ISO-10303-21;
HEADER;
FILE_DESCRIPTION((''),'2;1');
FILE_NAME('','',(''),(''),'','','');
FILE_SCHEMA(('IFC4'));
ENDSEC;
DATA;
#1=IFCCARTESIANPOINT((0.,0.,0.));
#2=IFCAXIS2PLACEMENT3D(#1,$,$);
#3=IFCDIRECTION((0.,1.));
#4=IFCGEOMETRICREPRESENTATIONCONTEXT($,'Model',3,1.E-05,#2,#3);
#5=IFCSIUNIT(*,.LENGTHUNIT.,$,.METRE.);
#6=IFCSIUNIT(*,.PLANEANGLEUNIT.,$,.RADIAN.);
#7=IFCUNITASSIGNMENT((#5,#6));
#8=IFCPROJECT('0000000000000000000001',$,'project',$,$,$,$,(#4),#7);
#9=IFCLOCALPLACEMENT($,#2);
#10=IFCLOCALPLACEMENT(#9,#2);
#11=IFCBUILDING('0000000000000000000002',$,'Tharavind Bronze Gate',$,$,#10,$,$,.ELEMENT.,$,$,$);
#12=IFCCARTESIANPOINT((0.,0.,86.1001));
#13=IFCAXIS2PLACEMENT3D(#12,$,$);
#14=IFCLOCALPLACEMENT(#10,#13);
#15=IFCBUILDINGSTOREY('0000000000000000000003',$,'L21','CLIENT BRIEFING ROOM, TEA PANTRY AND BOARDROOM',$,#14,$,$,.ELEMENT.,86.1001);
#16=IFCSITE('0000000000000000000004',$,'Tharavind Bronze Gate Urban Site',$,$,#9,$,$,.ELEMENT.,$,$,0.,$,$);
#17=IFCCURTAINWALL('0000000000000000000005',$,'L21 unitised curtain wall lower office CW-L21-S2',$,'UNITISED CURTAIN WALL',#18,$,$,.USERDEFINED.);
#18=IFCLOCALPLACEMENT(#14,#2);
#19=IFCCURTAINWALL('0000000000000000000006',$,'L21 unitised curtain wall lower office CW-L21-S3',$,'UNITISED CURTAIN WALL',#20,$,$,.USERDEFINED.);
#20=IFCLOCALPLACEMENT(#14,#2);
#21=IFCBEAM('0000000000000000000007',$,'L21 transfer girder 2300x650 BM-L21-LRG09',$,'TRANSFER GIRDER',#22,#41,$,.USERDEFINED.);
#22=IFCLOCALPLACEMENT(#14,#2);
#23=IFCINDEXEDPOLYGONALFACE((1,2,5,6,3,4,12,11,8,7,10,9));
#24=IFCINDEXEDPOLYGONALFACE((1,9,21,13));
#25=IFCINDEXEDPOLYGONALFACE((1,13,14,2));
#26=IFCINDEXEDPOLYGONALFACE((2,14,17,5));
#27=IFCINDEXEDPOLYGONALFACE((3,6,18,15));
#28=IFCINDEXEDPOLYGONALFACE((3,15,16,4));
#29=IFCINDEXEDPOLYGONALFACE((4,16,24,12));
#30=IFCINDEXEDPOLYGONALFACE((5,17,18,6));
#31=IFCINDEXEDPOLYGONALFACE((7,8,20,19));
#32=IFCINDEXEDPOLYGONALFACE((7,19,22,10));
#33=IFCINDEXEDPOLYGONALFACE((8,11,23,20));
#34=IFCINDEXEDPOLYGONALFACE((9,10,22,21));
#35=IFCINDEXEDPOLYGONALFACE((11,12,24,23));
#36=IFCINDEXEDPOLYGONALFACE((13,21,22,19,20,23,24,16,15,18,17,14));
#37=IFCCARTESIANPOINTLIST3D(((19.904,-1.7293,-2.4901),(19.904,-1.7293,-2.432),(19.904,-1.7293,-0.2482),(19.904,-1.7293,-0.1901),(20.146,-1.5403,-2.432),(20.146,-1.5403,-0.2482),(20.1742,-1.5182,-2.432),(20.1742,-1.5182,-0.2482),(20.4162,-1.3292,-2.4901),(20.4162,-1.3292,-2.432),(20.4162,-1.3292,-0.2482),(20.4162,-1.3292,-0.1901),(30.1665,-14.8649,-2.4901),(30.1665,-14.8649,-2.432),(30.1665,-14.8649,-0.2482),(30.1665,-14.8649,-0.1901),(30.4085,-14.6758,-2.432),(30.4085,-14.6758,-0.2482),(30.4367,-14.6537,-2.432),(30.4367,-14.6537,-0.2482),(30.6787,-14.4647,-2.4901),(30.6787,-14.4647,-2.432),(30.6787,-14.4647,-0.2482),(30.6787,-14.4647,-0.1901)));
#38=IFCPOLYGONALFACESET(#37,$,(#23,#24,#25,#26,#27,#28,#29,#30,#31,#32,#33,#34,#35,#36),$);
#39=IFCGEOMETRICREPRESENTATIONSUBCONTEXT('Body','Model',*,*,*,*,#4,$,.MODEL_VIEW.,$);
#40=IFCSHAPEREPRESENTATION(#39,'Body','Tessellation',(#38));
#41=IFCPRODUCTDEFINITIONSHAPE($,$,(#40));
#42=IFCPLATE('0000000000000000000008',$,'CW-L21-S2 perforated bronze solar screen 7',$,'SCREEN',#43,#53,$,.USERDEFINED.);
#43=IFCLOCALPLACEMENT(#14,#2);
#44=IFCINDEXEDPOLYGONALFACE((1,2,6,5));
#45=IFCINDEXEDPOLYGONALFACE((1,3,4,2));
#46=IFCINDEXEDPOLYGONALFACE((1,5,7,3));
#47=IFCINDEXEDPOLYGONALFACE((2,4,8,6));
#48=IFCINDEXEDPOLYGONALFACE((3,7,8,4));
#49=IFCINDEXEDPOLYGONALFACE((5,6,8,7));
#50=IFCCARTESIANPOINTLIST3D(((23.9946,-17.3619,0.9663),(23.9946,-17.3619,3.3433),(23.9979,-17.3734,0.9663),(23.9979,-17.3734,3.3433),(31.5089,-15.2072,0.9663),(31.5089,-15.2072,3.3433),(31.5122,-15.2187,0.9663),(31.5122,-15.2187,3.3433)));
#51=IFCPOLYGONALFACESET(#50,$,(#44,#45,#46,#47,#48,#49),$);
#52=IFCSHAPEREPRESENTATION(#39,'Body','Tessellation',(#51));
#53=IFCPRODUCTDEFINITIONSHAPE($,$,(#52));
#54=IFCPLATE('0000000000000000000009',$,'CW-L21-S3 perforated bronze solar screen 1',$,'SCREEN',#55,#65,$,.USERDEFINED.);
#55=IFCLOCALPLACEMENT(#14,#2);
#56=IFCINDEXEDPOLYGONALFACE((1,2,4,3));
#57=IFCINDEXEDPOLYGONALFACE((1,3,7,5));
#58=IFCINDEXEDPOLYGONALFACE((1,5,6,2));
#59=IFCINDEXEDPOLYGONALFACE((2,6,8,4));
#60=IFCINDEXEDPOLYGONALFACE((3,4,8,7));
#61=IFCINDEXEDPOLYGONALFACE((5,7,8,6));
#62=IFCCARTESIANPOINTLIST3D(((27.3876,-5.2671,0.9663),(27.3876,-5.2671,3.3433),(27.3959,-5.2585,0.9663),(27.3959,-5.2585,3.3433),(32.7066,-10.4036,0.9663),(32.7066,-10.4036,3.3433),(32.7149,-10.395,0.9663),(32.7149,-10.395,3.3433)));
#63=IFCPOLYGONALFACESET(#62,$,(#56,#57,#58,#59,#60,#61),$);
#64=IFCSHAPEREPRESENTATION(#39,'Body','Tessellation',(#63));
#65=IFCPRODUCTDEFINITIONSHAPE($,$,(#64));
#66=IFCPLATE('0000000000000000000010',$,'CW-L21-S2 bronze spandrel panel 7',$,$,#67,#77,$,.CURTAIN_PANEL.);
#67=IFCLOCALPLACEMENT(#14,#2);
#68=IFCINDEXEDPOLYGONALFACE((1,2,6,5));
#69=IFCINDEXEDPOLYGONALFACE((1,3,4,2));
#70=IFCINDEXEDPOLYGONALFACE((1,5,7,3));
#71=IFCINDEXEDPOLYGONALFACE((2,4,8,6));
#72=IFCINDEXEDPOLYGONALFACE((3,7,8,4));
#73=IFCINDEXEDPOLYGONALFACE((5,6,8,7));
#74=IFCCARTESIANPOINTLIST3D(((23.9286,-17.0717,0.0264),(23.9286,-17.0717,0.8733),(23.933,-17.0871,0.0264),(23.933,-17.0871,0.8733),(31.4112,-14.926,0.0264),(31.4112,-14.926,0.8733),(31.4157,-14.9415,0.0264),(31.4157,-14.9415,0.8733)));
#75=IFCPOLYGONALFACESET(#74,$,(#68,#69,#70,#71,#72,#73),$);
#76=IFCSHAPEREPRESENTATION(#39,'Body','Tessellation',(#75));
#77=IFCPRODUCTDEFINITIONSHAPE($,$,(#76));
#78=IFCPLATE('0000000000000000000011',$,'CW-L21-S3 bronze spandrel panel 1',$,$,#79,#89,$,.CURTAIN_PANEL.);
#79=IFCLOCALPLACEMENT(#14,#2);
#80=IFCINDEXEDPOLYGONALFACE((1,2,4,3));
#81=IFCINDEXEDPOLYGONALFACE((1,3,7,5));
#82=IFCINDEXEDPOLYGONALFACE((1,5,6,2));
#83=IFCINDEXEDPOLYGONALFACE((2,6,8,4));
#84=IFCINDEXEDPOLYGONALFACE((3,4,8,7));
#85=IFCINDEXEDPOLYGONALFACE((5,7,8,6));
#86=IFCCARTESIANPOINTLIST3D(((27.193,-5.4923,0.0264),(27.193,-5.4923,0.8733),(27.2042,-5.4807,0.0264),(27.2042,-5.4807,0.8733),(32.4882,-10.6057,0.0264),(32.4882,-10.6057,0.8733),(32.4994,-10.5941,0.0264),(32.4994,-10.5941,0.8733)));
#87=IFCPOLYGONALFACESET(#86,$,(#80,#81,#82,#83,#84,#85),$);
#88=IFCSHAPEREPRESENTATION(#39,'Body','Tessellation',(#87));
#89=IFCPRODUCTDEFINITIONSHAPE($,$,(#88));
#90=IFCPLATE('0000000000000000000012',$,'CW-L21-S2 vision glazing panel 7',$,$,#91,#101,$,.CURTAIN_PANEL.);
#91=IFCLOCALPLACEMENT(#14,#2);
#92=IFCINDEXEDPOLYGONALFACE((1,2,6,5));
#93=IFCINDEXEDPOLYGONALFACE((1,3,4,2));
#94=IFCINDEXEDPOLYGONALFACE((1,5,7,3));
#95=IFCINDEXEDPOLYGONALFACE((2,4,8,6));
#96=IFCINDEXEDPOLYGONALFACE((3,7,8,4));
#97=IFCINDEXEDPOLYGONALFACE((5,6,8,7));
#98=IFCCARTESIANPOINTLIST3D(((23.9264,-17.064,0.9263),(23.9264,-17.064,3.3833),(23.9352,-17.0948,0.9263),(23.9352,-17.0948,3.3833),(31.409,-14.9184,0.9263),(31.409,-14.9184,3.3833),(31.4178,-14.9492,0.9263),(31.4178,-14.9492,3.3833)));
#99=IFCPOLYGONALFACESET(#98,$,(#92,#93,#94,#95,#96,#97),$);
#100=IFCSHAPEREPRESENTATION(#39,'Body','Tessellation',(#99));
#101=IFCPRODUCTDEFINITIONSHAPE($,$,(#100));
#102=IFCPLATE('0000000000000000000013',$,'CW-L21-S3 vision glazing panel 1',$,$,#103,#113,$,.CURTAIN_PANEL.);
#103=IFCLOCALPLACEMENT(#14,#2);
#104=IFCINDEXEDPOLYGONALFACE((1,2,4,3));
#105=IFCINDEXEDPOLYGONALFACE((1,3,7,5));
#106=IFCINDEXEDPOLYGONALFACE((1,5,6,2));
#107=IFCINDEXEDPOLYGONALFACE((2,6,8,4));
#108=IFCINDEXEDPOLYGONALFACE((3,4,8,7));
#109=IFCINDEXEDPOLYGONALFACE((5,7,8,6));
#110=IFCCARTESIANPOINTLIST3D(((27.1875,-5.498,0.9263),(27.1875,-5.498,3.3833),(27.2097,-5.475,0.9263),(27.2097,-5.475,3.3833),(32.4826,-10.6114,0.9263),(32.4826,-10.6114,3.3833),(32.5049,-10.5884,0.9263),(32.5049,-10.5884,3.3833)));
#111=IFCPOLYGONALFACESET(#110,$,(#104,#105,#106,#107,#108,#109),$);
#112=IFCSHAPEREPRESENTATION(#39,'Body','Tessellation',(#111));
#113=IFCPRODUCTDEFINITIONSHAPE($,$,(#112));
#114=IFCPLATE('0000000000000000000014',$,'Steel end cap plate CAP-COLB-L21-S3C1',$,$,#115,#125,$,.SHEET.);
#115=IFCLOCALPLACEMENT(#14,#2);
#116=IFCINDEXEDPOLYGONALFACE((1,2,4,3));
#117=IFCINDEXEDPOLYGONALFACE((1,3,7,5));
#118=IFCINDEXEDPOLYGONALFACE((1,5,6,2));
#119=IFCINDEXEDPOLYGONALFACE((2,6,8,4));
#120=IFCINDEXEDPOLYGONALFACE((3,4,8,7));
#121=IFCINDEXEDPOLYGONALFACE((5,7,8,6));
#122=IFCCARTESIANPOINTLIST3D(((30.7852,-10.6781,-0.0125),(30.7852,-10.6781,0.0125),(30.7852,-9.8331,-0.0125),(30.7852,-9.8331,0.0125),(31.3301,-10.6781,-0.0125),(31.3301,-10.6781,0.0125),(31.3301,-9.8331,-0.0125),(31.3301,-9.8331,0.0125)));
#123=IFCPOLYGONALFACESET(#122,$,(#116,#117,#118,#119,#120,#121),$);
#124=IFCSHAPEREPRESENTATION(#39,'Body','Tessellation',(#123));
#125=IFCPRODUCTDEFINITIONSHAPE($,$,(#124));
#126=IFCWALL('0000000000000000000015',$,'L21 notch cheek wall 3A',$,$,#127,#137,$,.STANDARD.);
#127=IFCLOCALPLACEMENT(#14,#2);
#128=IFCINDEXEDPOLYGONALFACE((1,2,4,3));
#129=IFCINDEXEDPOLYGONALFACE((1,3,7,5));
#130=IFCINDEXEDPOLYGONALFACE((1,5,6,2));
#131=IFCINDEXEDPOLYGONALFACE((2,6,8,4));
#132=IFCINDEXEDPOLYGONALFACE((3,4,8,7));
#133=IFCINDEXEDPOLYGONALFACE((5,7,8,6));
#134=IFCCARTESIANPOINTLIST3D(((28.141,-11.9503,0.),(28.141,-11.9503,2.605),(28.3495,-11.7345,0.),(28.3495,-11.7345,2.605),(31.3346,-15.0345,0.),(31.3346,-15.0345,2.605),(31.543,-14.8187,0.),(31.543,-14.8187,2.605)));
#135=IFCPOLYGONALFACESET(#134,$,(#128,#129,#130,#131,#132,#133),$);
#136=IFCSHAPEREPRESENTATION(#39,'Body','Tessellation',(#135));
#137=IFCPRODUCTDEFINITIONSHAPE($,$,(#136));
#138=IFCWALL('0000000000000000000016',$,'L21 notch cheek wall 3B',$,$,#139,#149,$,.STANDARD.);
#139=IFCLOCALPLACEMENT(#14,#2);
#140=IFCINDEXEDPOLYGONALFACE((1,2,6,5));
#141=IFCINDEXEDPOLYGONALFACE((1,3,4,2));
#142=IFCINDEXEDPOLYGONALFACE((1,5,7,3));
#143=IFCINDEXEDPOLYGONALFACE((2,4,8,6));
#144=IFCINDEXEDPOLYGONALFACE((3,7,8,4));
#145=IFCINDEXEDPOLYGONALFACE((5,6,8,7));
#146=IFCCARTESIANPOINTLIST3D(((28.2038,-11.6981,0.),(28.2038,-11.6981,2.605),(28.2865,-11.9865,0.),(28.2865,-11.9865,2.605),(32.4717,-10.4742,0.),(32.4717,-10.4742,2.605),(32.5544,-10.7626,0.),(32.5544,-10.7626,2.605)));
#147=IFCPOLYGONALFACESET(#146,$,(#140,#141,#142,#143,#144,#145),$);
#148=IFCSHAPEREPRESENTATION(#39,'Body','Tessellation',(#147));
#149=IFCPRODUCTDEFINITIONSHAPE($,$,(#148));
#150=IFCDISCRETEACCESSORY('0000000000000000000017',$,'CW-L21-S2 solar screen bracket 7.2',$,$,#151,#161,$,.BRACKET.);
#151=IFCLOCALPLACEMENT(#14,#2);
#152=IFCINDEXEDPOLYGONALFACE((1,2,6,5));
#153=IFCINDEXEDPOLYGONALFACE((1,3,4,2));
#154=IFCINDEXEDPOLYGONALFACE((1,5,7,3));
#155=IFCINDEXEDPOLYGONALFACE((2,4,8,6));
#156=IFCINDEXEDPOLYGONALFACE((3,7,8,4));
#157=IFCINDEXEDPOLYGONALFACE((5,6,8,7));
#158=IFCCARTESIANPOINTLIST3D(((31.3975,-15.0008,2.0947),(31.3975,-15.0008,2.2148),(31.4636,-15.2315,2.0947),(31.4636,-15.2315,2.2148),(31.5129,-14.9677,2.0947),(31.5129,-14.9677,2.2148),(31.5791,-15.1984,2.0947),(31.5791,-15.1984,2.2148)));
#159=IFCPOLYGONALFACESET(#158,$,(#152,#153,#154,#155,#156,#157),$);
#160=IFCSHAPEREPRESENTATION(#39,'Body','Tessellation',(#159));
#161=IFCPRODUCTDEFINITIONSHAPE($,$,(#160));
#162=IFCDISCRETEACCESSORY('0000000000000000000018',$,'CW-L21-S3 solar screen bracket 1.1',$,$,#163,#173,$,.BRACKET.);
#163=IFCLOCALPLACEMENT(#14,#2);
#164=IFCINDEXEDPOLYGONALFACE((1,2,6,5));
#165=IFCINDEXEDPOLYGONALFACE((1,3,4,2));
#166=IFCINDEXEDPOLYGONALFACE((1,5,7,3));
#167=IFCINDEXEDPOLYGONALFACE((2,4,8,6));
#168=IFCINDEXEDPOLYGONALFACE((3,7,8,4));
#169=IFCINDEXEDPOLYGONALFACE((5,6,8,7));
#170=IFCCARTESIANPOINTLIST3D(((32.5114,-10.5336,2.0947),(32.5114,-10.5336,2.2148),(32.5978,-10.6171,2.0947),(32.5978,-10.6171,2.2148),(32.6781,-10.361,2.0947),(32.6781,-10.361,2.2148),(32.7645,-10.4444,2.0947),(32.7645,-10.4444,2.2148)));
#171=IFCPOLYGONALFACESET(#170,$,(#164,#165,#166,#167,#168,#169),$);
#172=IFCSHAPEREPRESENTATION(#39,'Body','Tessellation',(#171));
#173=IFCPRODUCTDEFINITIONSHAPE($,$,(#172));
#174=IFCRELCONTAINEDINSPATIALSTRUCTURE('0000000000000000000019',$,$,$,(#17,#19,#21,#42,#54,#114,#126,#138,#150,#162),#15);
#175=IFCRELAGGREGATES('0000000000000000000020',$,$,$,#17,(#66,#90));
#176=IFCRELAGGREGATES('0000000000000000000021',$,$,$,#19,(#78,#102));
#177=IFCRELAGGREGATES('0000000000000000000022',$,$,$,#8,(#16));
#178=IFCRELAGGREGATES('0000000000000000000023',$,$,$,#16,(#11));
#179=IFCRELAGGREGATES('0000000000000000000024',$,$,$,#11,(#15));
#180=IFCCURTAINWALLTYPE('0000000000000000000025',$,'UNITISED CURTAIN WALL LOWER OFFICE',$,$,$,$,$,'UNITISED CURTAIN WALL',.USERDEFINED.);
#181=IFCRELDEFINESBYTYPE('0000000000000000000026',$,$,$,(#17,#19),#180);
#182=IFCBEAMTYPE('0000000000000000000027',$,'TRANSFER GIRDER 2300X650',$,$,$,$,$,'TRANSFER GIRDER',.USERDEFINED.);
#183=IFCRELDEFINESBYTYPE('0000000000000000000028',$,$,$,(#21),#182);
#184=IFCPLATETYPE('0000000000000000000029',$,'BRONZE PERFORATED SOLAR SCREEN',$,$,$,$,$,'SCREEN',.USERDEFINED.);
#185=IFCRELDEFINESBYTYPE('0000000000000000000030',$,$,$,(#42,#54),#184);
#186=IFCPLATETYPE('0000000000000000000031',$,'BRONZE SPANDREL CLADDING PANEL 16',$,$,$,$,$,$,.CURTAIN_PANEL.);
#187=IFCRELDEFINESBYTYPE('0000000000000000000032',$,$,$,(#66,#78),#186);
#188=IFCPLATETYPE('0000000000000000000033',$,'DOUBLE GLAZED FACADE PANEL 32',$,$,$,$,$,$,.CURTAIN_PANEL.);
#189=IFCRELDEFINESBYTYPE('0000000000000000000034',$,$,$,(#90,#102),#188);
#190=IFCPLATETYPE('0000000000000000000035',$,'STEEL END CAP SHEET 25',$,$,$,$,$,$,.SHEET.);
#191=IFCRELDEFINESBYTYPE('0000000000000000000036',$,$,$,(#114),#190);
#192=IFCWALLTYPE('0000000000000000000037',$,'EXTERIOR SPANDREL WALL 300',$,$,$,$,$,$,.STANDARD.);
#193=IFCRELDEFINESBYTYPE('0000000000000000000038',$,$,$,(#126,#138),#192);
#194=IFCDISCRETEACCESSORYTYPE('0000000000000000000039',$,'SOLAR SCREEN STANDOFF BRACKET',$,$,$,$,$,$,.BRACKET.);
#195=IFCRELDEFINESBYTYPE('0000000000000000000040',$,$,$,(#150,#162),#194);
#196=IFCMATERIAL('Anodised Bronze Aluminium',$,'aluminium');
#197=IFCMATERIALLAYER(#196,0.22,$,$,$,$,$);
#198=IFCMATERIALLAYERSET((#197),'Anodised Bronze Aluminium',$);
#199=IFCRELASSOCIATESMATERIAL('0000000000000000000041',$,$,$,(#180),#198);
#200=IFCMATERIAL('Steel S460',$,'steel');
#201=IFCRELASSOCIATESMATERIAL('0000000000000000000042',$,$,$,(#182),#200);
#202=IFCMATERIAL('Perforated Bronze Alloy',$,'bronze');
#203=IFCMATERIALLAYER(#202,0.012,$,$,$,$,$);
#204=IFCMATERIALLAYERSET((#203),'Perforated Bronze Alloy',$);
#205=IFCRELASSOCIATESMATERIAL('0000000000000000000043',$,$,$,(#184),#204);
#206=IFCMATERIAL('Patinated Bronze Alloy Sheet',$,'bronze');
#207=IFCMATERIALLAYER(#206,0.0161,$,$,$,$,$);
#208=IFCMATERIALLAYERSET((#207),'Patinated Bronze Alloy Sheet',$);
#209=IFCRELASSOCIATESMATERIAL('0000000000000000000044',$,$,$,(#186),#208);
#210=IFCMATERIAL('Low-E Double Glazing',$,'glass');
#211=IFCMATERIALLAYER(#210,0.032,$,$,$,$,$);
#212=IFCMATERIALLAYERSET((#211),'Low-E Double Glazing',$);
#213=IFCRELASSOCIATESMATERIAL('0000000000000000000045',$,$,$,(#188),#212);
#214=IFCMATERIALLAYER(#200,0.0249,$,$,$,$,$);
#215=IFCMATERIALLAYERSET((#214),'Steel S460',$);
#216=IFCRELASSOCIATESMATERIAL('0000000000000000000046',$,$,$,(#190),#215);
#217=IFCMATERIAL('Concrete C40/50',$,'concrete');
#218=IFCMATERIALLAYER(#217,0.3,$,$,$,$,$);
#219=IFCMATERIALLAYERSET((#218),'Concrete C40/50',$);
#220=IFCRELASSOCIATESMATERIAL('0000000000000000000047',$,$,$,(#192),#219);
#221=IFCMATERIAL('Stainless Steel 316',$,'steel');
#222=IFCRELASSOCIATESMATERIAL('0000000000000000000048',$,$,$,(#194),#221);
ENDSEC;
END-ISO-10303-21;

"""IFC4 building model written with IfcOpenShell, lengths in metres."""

from ifc_helpers import new_model, si_unit, direction, frame, frame_2d, origin, origin_2d, place, context, subcontext, project, spatial, rectangle, i_section, extrude, material, layer, layer_set, material_profile, profile_set, type_object, element, aggregate, save


model = new_model("IFC4")

# Units and contexts
model_context = context("Model", 3, precision=1e-05, world=origin(), true_north=direction((0.0, 1.0)))
body_context = subcontext(model_context, "Body", "Model", "MODEL_VIEW")
ifc_project = project(units=[si_unit("LENGTHUNIT", "METRE"), si_unit("PLANEANGLEUNIT", "RADIAN")], contexts=[model_context])

# Site, building, storey
site_placement = place(None, origin())
site = spatial("IfcSite", under=ifc_project, at=site_placement, Name="Tharavind Bronze Gate Urban Site", CompositionType="ELEMENT", RefElevation=0.0)
building_placement = place(site_placement, origin())
building = spatial("IfcBuilding", under=site, at=building_placement, Name="Tharavind Bronze Gate", CompositionType="ELEMENT")
storey_placement = place(building_placement, frame((0.0, 0.0, 86.1001)))
storey = spatial("IfcBuildingStorey", under=building, at=storey_placement, Name="L21", Description="CLIENT BRIEFING ROOM, TEA PANTRY AND BOARDROOM", CompositionType="ELEMENT", Elevation=86.1001)

# Shared definitions
ifc_material_1 = material(Name="Steel S460", Category="steel")

# Curtain walls
ifc_material_2 = material(Name="Anodised Bronze Aluminium", Category="aluminium")
ifc_layer_1 = layer(ifc_material_2, 0.22)
ifc_layer_set_1 = layer_set([ifc_layer_1], Name="Anodised Bronze Aluminium")
curtain_wall_type = type_object("IfcCurtainWallType", Name="UNITISED CURTAIN WALL LOWER OFFICE", ElementType="UNITISED CURTAIN WALL", PredefinedType="USERDEFINED", material=ifc_layer_set_1)
curtain_wall_1_placement = place(storey_placement, origin())
curtain_wall_1 = element("IfcCurtainWall", 1, at=curtain_wall_1_placement, inside=storey, type_object=curtain_wall_type, Name="L21 unitised curtain wall lower office CW-L21-S2", ObjectType="UNITISED CURTAIN WALL", PredefinedType="USERDEFINED")
curtain_wall_2_placement = place(storey_placement, origin())
curtain_wall_2 = element("IfcCurtainWall", 2, at=curtain_wall_2_placement, inside=storey, type_object=curtain_wall_type, Name="L21 unitised curtain wall lower office CW-L21-S3", ObjectType="UNITISED CURTAIN WALL", PredefinedType="USERDEFINED")

# Beam
ifc_material_profile_1 = material_profile(ifc_material_1, i_section(OverallWidth=0.6499, OverallDepth=2.3, WebThickness=0.0359, FlangeThickness=0.0581, at=origin_2d()), Name="PG2300X650")
ifc_profile_set_1 = profile_set([ifc_material_profile_1], Name="Steel S460")
beam_type_1 = type_object("IfcBeamType", Name="TRANSFER GIRDER 2300X650", ElementType="TRANSFER GIRDER", PredefinedType="USERDEFINED", material=ifc_profile_set_1)
beam_1_placement = place(storey_placement, frame((30.4226, -14.6648, -1.3401), z_axis=(-0.615657, 0.788014, 0.0), x_axis=(-0.788014, -0.615657, 0.0)))
element("IfcBeam", 3, at=beam_1_placement, inside=storey, type_object=beam_type_1, Name="L21 transfer girder 2300x650 BM-L21-LRG09", ObjectType="TRANSFER GIRDER", PredefinedType="USERDEFINED", context=body_context, shape_type="SweptSolid", body=[
    extrude(i_section(OverallWidth=0.6499, OverallDepth=2.3, WebThickness=0.0359, FlangeThickness=0.0581, at=origin_2d()), origin(), (0.0, 0.0, 1.0), 16.6692),
])

# Plates
ifc_material_3 = material(Name="Perforated Bronze Alloy", Category="bronze")
ifc_layer_2 = layer(ifc_material_3, 0.012)
ifc_layer_set_2 = layer_set([ifc_layer_2], Name="Perforated Bronze Alloy")
plate_type_1 = type_object("IfcPlateType", Name="BRONZE PERFORATED SOLAR SCREEN", ElementType="SCREEN", PredefinedType="USERDEFINED", material=ifc_layer_set_2)
plate_1_placement = place(storey_placement, frame((27.7534, -16.2903, 0.9663), z_axis=(0.0, 0.0, 1.0), x_axis=(0.961262, 0.275637, 0.0)))
element("IfcPlate", 4, at=plate_1_placement, inside=storey, type_object=plate_type_1, Name="CW-L21-S2 perforated bronze solar screen 7", ObjectType="SCREEN", PredefinedType="USERDEFINED", context=body_context, shape_type="SweptSolid", body=[
    extrude(rectangle(XDim=7.8171, YDim=0.012, at=origin_2d()), origin(), (0.0, 0.0, 1.0), 2.377),
])
plate_2_placement = place(storey_placement, frame((30.0513, -7.8311, 0.9663), z_axis=(0.0, 0.0, 1.0), x_axis=(-0.719341, 0.694657, 0.0)))
element("IfcPlate", 5, at=plate_2_placement, inside=storey, type_object=plate_type_1, Name="CW-L21-S3 perforated bronze solar screen 1", ObjectType="SCREEN", PredefinedType="USERDEFINED", context=body_context, shape_type="SweptSolid", body=[
    extrude(rectangle(XDim=7.3943, YDim=0.012, at=origin_2d()), origin(), (0.0, 0.0, 1.0), 2.377),
])

# Plates
ifc_material_4 = material(Name="Patinated Bronze Alloy Sheet", Category="bronze")
ifc_layer_3 = layer(ifc_material_4, 0.0161)
ifc_layer_set_3 = layer_set([ifc_layer_3], Name="Patinated Bronze Alloy Sheet")
plate_type_2 = type_object("IfcPlateType", Name="BRONZE SPANDREL CLADDING PANEL 16", PredefinedType="CURTAIN_PANEL", material=ifc_layer_set_3)
plate_3_placement = place(storey_placement, frame((27.6721, -16.0066, 0.0264), z_axis=(0.0, 0.0, 1.0), x_axis=(0.961262, 0.275637, 0.0)))
plate_3 = element("IfcPlate", 6, at=plate_3_placement, type_object=plate_type_2, Name="CW-L21-S2 bronze spandrel panel 7", PredefinedType="CURTAIN_PANEL", context=body_context, shape_type="SweptSolid", body=[
    extrude(rectangle(XDim=7.7842, YDim=0.0161, at=origin_2d()), origin(), (0.0, 0.0, 1.0), 0.8469),
])
plate_4_placement = place(storey_placement, frame((29.8462, -8.0432, 0.0264), z_axis=(0.0, 0.0, 1.0), x_axis=(-0.719341, 0.694657, 0.0)))
plate_4 = element("IfcPlate", 7, at=plate_4_placement, type_object=plate_type_2, Name="CW-L21-S3 bronze spandrel panel 1", PredefinedType="CURTAIN_PANEL", context=body_context, shape_type="SweptSolid", body=[
    extrude(rectangle(XDim=7.3611, YDim=0.0161, at=origin_2d()), origin(), (0.0, 0.0, 1.0), 0.8469),
])
ifc_material_5 = material(Name="Low-E Double Glazing", Category="glass")
ifc_layer_4 = layer(ifc_material_5, 0.032)
ifc_layer_set_4 = layer_set([ifc_layer_4], Name="Low-E Double Glazing")
plate_type_3 = type_object("IfcPlateType", Name="DOUBLE GLAZED FACADE PANEL 32", PredefinedType="CURTAIN_PANEL", material=ifc_layer_set_4)
plate_5_placement = place(storey_placement, frame((27.6721, -16.0066, 0.9263), z_axis=(0.0, 0.0, 1.0), x_axis=(0.961262, 0.275637, 0.0)))
plate_5 = element("IfcPlate", 8, at=plate_5_placement, type_object=plate_type_3, Name="CW-L21-S2 vision glazing panel 7", PredefinedType="CURTAIN_PANEL", context=body_context, shape_type="SweptSolid", body=[
    extrude(rectangle(XDim=7.7842, YDim=0.032, at=origin_2d()), origin(), (0.0, 0.0, 1.0), 2.457),
])
aggregate(curtain_wall_1, [plate_3, plate_5])
plate_6_placement = place(storey_placement, frame((29.8462, -8.0432, 0.9263), z_axis=(0.0, 0.0, 1.0), x_axis=(-0.719341, 0.694657, 0.0)))
plate_6 = element("IfcPlate", 9, at=plate_6_placement, type_object=plate_type_3, Name="CW-L21-S3 vision glazing panel 1", PredefinedType="CURTAIN_PANEL", context=body_context, shape_type="SweptSolid", body=[
    extrude(rectangle(XDim=7.3611, YDim=0.032, at=origin_2d()), origin(), (0.0, 0.0, 1.0), 2.457),
])
aggregate(curtain_wall_2, [plate_4, plate_6])
ifc_layer_5 = layer(ifc_material_1, 0.0249)
ifc_layer_set_5 = layer_set([ifc_layer_5], Name="Steel S460")
plate_type_4 = type_object("IfcPlateType", Name="STEEL END CAP SHEET 25", PredefinedType="SHEET", material=ifc_layer_set_5)
plate_7_placement = place(storey_placement, frame((31.0576, -10.2556, -0.0125), z_axis=(0.0, 0.0, 1.0), x_axis=(1.0, 0.0, 0.0)))
element("IfcPlate", 10, at=plate_7_placement, inside=storey, type_object=plate_type_4, Name="Steel end cap plate CAP-COLB-L21-S3C1", PredefinedType="SHEET", context=body_context, shape_type="SweptSolid", body=[
    extrude(rectangle(XDim=0.5449, YDim=0.845, at=origin_2d()), origin(), (0.0, 0.0, 1.0), 0.0249),
])

# Walls
ifc_material_6 = material(Name="Concrete C40/50", Category="concrete")
ifc_layer_6 = layer(ifc_material_6, 0.3)
ifc_layer_set_6 = layer_set([ifc_layer_6], Name="Concrete C40/50")
wall_type = type_object("IfcWallType", Name="EXTERIOR SPANDREL WALL 300", PredefinedType="STANDARD", material=ifc_layer_set_6)
wall_1_placement = place(storey_placement, frame((31.4387, -14.9265, 0.0), z_axis=(0.0, 0.0, 1.0), x_axis=(-0.719317, 0.694682, 0.0)))
element("IfcWall", 11, at=wall_1_placement, inside=storey, type_object=wall_type, Name="L21 notch cheek wall 3A", PredefinedType="STANDARD", context=body_context, shape_type="SweptSolid", body=[
    extrude(rectangle(XDim=4.4397, YDim=0.3, at=frame_2d((2.2197, 0.0))), origin(), (0.0, 0.0, 1.0), 2.605),
])
wall_2_placement = place(storey_placement, frame((28.2451, -11.8423, 0.0), z_axis=(0.0, 0.0, 1.0), x_axis=(0.961256, 0.275658, 0.0)))
element("IfcWall", 12, at=wall_2_placement, inside=storey, type_object=wall_type, Name="L21 notch cheek wall 3B", PredefinedType="STANDARD", context=body_context, shape_type="SweptSolid", body=[
    extrude(rectangle(XDim=4.4399, YDim=0.3, at=frame_2d((2.22, 0.0))), origin(), (0.0, 0.0, 1.0), 2.605),
])

# Discrete accessories
ifc_material_7 = material(Name="Stainless Steel 316", Category="steel")
discrete_accessory_type = type_object("IfcDiscreteAccessoryType", Name="SOLAR SCREEN STANDOFF BRACKET", PredefinedType="BRACKET", material=ifc_material_7)
for number, where, z_axis, x_axis, name in (
    (13, (31.4883, -15.0996, 2.0947), (0.0, 0.0, 1.0), (0.961262, 0.275637, 0.0), "CW-L21-S2 solar screen bracket 7.2"),
    (14, (32.6379, -10.489, 2.0947), (0.0, 0.0, 1.0), (-0.719341, 0.694657, 0.0), "CW-L21-S3 solar screen bracket 1.1"),
):
    element("IfcDiscreteAccessory", number, at=place(storey_placement, frame(where, z_axis=z_axis, x_axis=x_axis)), inside=storey, type_object=discrete_accessory_type, Name=name, PredefinedType="BRACKET", context=body_context, shape_type="SweptSolid", body=[
        extrude(rectangle(XDim=0.1201, YDim=0.24, at=origin_2d()), origin(), (0.0, 0.0, 1.0), 0.1201),
    ])

save(model, "model.ifc")
